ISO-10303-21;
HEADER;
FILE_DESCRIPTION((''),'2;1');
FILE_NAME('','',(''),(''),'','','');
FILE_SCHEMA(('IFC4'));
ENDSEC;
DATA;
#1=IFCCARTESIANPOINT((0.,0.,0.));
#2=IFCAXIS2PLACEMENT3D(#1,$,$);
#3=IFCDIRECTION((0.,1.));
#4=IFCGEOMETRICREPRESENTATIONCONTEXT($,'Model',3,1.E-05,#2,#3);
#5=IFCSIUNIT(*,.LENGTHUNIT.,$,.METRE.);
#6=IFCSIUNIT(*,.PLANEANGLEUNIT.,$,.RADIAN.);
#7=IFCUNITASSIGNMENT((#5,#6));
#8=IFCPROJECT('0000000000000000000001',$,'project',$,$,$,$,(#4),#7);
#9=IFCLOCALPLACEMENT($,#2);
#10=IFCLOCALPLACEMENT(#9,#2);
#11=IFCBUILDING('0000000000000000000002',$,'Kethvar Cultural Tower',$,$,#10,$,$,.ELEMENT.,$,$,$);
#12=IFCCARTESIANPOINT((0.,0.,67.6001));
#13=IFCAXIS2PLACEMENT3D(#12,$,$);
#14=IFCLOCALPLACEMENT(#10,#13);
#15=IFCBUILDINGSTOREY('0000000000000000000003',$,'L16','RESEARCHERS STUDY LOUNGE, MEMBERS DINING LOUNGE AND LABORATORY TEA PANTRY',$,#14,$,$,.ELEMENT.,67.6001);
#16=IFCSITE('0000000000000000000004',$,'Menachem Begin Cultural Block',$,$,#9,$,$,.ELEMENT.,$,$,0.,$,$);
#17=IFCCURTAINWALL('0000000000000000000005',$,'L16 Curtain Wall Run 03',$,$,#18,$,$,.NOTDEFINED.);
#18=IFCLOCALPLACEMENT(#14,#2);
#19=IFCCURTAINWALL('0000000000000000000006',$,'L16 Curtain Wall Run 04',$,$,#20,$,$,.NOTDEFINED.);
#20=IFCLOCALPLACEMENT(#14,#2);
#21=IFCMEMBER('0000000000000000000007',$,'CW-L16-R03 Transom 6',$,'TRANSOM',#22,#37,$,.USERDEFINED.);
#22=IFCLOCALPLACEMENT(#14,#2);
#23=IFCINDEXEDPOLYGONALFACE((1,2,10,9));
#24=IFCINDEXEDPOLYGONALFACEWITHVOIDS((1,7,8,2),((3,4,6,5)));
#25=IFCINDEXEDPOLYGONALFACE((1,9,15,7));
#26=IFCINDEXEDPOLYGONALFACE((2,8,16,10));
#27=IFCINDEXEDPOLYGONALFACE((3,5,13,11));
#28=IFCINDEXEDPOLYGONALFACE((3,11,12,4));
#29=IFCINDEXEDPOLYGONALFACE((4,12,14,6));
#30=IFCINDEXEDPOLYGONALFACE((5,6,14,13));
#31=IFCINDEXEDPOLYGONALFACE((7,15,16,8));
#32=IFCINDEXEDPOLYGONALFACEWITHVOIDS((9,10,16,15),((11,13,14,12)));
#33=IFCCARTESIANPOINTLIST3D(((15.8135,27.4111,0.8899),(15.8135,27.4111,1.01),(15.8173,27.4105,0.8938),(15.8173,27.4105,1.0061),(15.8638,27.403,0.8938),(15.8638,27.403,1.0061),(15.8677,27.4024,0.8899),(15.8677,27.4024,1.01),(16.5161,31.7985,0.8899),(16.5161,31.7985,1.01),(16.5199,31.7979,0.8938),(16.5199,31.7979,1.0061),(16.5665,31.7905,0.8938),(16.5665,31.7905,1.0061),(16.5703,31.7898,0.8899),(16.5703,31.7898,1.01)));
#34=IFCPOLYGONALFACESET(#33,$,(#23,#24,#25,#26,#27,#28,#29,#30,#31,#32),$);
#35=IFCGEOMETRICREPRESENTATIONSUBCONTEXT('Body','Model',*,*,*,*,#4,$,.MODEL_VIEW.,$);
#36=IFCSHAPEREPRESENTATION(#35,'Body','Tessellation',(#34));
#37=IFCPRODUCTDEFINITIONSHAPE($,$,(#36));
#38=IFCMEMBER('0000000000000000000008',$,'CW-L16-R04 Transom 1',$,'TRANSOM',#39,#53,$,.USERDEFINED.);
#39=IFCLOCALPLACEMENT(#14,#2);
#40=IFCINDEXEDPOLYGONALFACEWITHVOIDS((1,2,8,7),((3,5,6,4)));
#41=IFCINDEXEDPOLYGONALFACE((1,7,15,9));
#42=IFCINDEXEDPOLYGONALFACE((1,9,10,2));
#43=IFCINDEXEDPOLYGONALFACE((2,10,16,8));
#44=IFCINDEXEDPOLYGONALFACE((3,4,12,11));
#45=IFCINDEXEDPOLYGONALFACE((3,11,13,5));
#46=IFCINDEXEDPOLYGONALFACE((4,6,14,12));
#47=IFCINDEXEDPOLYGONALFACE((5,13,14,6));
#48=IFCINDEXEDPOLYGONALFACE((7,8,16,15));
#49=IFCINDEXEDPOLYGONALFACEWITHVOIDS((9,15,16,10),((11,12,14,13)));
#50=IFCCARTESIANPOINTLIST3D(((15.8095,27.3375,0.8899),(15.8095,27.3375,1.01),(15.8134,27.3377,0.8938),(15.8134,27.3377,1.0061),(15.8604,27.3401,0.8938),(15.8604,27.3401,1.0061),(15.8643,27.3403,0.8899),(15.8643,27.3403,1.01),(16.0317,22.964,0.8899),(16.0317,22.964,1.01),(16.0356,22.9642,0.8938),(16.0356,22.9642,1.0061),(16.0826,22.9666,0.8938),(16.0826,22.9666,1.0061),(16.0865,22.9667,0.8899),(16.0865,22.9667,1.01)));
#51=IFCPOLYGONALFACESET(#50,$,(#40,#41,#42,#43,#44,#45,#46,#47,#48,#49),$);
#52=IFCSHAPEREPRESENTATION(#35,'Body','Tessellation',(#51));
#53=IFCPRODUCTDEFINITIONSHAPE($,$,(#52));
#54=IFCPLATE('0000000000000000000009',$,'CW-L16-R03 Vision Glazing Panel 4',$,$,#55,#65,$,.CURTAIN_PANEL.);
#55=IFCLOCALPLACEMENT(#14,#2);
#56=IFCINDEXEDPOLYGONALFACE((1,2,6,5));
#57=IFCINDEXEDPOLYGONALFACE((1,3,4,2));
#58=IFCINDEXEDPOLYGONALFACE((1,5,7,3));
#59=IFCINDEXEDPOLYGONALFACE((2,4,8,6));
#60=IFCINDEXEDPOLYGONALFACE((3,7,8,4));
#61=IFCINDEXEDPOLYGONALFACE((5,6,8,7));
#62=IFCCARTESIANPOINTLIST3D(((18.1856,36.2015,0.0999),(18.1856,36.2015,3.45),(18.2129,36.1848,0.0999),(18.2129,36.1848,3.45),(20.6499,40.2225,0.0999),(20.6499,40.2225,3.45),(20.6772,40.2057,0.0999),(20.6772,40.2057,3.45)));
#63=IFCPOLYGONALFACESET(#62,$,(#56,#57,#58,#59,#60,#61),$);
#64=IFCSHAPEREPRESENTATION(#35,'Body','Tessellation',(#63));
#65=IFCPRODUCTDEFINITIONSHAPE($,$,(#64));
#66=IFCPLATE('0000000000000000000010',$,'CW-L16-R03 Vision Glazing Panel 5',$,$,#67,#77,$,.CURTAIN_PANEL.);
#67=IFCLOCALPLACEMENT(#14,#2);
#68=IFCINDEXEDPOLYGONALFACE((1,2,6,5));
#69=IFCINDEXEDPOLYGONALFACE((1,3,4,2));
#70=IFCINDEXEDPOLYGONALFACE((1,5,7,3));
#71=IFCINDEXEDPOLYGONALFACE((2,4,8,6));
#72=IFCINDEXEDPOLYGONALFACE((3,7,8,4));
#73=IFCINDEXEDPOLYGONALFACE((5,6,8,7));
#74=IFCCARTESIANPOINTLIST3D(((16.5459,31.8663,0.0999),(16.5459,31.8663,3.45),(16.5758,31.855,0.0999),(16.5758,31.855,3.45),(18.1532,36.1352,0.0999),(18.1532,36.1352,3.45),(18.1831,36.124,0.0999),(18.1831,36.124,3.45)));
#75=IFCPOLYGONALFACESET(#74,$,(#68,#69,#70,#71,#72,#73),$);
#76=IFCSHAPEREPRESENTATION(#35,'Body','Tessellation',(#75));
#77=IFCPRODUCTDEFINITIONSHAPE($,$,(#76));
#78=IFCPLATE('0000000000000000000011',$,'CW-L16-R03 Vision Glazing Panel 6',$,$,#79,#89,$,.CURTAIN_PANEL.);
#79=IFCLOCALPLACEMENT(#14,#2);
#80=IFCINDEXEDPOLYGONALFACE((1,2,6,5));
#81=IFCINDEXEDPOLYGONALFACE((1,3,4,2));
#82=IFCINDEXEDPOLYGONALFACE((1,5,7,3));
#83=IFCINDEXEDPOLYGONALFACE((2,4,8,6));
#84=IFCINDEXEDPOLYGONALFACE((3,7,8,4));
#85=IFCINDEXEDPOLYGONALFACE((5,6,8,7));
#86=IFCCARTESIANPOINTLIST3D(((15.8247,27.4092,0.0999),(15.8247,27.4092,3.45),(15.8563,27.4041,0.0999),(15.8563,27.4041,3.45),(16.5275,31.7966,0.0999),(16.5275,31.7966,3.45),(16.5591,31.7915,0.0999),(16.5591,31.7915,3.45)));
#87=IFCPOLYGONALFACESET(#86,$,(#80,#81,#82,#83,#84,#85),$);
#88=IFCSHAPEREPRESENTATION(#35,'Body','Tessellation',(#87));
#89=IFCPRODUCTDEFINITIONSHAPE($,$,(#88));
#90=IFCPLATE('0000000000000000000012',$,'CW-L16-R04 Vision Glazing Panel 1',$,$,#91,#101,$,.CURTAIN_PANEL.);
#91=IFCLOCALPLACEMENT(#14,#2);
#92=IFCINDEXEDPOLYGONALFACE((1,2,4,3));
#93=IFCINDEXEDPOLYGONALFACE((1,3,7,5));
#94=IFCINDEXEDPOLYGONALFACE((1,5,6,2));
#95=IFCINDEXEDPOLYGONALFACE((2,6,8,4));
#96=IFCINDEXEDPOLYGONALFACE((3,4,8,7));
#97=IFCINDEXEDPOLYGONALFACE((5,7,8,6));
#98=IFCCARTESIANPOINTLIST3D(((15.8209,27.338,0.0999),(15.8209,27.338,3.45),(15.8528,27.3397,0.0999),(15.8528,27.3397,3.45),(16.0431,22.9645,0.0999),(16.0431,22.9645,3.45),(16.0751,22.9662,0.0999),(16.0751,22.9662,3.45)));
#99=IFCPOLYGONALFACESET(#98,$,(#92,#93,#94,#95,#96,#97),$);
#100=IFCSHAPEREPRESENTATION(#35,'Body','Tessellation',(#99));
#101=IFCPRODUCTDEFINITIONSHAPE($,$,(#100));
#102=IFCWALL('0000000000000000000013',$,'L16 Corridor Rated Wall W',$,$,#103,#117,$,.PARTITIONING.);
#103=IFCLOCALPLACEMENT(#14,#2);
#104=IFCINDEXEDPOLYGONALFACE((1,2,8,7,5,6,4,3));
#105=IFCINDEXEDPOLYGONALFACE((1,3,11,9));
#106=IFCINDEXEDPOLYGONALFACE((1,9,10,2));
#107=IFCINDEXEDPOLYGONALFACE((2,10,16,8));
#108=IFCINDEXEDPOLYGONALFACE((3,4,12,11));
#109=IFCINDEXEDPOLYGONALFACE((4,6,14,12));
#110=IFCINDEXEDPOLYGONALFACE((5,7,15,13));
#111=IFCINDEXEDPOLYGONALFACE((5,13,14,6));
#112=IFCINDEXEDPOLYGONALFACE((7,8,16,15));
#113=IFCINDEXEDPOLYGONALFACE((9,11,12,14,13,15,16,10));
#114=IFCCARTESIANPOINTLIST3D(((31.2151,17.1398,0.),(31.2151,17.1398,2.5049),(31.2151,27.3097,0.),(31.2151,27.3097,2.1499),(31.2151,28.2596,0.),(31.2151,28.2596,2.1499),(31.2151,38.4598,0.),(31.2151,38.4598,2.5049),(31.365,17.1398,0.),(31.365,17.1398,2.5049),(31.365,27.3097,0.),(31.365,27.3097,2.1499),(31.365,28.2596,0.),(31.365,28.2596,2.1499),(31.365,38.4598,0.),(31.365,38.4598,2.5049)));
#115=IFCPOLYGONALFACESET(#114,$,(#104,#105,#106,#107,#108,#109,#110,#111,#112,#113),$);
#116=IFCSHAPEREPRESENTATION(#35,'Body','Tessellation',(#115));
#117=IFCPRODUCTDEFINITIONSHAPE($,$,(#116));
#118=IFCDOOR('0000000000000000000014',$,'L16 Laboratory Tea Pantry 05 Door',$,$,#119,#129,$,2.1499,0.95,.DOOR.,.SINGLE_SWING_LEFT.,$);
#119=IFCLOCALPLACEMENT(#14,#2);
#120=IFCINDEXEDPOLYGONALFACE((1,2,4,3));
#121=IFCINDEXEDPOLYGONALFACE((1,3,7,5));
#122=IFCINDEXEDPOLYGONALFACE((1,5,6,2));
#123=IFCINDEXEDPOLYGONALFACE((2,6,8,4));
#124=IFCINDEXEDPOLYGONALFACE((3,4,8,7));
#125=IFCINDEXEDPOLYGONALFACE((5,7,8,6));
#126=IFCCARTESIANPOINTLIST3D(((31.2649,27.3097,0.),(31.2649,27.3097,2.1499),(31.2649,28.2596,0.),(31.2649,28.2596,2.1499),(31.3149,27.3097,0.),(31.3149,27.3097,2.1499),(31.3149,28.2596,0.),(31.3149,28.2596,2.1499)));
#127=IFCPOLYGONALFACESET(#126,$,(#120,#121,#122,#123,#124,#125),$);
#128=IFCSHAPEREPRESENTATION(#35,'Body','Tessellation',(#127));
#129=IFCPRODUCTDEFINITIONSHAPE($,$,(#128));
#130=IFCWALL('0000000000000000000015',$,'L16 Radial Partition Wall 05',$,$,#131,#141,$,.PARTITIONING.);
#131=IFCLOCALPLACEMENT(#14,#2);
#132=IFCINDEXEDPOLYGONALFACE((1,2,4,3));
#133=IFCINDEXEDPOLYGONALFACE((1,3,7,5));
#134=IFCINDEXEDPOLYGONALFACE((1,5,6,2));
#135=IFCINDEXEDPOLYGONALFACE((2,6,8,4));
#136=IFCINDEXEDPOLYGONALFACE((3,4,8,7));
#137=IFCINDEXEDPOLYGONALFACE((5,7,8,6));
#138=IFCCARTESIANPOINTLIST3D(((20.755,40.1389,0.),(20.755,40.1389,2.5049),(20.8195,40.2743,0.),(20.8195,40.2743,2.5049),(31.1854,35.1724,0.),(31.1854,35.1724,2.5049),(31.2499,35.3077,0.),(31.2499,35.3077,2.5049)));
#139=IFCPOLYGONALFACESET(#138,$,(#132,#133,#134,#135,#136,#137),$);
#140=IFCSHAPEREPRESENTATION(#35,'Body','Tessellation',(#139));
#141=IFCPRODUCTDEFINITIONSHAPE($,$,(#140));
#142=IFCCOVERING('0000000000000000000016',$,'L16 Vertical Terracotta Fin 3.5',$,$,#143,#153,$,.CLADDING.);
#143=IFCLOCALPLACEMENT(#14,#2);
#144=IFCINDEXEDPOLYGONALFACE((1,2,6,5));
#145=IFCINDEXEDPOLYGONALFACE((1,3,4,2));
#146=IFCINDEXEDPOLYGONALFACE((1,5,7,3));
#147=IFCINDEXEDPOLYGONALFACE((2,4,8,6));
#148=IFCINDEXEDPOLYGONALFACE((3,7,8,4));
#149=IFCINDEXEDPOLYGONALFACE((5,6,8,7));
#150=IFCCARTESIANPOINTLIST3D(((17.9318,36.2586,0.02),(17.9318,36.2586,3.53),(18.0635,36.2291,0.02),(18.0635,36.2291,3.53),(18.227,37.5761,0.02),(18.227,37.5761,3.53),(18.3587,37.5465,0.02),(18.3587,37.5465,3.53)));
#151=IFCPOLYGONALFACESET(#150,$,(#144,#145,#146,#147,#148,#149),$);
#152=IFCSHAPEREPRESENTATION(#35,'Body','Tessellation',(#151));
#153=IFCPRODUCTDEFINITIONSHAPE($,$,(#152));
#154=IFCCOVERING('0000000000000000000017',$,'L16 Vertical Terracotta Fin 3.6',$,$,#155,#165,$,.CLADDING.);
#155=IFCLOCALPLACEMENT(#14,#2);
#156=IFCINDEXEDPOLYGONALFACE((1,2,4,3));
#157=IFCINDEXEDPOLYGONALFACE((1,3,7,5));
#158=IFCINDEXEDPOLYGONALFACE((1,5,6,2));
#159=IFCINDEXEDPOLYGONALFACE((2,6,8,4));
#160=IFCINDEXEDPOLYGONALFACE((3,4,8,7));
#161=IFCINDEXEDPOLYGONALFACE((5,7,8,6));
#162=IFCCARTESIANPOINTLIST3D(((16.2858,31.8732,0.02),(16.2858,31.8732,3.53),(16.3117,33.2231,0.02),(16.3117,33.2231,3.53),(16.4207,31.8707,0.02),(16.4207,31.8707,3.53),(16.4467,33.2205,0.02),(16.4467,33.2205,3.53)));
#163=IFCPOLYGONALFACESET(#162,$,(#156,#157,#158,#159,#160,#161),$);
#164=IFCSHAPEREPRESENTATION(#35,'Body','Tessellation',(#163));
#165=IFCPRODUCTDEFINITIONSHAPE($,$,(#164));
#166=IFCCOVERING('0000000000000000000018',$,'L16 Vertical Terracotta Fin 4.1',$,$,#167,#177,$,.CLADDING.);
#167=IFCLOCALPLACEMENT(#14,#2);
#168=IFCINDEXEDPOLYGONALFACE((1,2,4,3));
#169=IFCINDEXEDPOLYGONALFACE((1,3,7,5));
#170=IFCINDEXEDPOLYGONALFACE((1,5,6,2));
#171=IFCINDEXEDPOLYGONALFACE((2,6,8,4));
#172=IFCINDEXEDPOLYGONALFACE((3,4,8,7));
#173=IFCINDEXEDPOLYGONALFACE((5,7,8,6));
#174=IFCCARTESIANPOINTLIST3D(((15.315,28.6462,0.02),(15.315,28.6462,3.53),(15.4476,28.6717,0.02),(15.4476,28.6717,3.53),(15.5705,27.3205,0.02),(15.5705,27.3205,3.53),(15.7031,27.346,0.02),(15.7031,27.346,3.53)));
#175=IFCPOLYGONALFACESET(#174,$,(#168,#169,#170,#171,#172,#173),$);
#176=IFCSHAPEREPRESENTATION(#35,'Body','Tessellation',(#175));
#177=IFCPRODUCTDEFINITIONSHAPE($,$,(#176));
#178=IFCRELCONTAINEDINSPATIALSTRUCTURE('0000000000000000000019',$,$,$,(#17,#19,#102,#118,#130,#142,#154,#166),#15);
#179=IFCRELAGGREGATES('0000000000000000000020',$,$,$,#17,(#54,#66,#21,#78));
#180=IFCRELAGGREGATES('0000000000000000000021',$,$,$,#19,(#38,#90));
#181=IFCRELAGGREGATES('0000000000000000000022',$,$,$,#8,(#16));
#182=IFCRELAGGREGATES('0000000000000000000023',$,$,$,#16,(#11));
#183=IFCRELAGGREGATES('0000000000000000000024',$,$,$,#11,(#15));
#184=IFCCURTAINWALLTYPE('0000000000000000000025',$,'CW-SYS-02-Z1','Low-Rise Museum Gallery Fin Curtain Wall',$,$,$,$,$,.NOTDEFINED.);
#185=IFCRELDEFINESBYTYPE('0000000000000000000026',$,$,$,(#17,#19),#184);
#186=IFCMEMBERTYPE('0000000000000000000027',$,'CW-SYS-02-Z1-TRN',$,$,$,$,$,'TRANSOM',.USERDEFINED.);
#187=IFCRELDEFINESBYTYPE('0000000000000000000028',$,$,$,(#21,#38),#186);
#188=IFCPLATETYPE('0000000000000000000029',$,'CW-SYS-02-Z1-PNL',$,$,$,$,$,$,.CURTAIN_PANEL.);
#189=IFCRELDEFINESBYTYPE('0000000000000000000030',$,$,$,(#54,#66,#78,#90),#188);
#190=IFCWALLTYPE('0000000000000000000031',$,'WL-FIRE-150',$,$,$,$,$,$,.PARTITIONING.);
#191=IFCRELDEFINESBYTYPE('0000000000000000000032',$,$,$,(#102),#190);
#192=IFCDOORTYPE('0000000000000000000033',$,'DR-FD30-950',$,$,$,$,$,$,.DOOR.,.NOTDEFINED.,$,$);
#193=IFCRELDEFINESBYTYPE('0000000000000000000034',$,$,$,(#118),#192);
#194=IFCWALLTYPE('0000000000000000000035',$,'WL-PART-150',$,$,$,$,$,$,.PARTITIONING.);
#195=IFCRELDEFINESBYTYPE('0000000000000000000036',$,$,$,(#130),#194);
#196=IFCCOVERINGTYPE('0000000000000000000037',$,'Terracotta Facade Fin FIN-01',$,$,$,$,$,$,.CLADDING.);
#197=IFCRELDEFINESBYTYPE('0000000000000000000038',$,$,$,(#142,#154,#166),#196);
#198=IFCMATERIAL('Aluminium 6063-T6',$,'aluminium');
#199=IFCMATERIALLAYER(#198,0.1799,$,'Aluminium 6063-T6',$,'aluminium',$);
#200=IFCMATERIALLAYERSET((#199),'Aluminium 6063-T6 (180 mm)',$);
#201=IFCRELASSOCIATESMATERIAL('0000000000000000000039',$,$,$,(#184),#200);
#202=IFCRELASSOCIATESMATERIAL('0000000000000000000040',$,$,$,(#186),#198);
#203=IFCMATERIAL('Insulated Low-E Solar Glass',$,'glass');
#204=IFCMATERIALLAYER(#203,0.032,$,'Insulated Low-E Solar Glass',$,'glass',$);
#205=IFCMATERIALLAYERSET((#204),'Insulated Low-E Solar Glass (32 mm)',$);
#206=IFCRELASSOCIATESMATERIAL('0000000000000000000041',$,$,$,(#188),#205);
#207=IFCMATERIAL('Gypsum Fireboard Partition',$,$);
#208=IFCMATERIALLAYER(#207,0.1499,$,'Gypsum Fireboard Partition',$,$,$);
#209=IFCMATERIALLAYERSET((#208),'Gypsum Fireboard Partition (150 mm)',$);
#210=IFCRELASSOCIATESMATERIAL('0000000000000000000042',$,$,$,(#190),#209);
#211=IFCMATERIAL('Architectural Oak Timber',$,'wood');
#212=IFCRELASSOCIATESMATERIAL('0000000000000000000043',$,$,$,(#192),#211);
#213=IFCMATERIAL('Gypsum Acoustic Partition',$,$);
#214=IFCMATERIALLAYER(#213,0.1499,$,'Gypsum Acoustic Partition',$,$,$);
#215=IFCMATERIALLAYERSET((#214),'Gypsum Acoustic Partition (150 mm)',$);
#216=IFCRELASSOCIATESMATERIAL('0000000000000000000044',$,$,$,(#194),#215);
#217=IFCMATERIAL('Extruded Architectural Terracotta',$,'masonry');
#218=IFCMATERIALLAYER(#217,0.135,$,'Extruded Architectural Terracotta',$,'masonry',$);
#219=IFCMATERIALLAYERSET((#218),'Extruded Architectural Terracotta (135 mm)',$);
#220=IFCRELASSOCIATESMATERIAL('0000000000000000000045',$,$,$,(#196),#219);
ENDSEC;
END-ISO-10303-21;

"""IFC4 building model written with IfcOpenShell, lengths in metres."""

from ifc_helpers import new_model, si_unit, direction, frame, frame_2d, origin, origin_2d, place, context, subcontext, project, spatial, rectangle, hollow_rectangle, extrude, source, transform, mapped, material, layer, layer_set, material_profile, profile_set, type_object, element, fill, aggregate, save


model = new_model("IFC4")

# Units and contexts
model_context = context("Model", 3, precision=1e-05, world=origin(), true_north=direction((0.0, 1.0)))
body_context = subcontext(model_context, "Body", "Model", "MODEL_VIEW")
ifc_project = project(units=[si_unit("LENGTHUNIT", "METRE"), si_unit("PLANEANGLEUNIT", "RADIAN")], contexts=[model_context])

# Site, building, storey
site_placement = place(None, origin())
site = spatial("IfcSite", under=ifc_project, at=site_placement, Name="Menachem Begin Cultural Block", CompositionType="ELEMENT", RefElevation=0.0)
building_placement = place(site_placement, origin())
building = spatial("IfcBuilding", under=site, at=building_placement, Name="Kethvar Cultural Tower", CompositionType="ELEMENT")
storey_placement = place(building_placement, frame((0.0, 0.0, 67.6001)))
storey = spatial("IfcBuildingStorey", under=building, at=storey_placement, Name="L16", Description="RESEARCHERS STUDY LOUNGE, MEMBERS DINING LOUNGE AND LABORATORY TEA PANTRY", CompositionType="ELEMENT", Elevation=67.6001)

# Curtain wall
ifc_material_1 = material(Name="Aluminium 6063-T6", Category="aluminium")
ifc_layer_1 = layer(ifc_material_1, 0.1799, Name="Aluminium 6063-T6", Category="aluminium")
ifc_layer_set_1 = layer_set([ifc_layer_1], Name="Aluminium 6063-T6 (180 mm)")
curtain_wall_type = type_object("IfcCurtainWallType", Name="CW-SYS-02-Z1", Description="Low-Rise Museum Gallery Fin Curtain Wall", PredefinedType="NOTDEFINED", material=ifc_layer_set_1)
curtain_wall_1_placement = place(storey_placement, origin())
curtain_wall_1 = element("IfcCurtainWall", 1, at=curtain_wall_1_placement, inside=storey, type_object=curtain_wall_type, Name="L16 Curtain Wall Run 03", PredefinedType="NOTDEFINED")

# Curtain wall
curtain_wall_2_placement = place(storey_placement, origin())
curtain_wall_2 = element("IfcCurtainWall", 2, at=curtain_wall_2_placement, inside=storey, type_object=curtain_wall_type, Name="L16 Curtain Wall Run 04", PredefinedType="NOTDEFINED")

# Members
ifc_material_profile_1 = material_profile(ifc_material_1, hollow_rectangle(XDim=0.0549, YDim=0.1201, WallThickness=0.0039, at=origin_2d()), Name="Aluminium 6063-T6 — RHS120x55x4")
ifc_profile_set_1 = profile_set([ifc_material_profile_1], Name="Aluminium 6063-T6 — RHS120x55x4")
member_type_1 = type_object("IfcMemberType", Name="CW-SYS-02-Z1-TRN", ElementType="TRANSOM", PredefinedType="USERDEFINED", material=ifc_profile_set_1)
shared_shape_1 = source(origin(), body_context, "Body", "SweptSolid", [
    extrude(hollow_rectangle(XDim=0.0549, YDim=0.1201, WallThickness=0.0039, at=origin_2d()), origin(), (0.0, 0.0, 1.0), 4.4434),
])
member_1_placement = place(storey_placement, frame((16.5432, 31.7942, 0.95), z_axis=(-0.158132, -0.987418, 0.0), x_axis=(0.987418, -0.158132, 0.0)))
member_1 = element("IfcMember", 3, at=member_1_placement, type_object=member_type_1, Name="CW-L16-R03 Transom 6", ObjectType="TRANSOM", PredefinedType="USERDEFINED", context=body_context, shape_type="MappedRepresentation", body=[
    mapped(shared_shape_1, transform((0.0, 0.0, 0.0), scale=1.0)),
])
shared_shape_2 = source(origin(), body_context, "Body", "SweptSolid", [
    extrude(hollow_rectangle(XDim=0.0549, YDim=0.1201, WallThickness=0.0039, at=origin_2d()), origin(), (0.0, 0.0, 1.0), 4.3792),
])
member_2_placement = place(storey_placement, frame((15.8369, 27.3389, 0.95), z_axis=(0.050733, -0.998712, 0.0), x_axis=(0.998712, 0.050733, 0.0)))
member_2 = element("IfcMember", 4, at=member_2_placement, type_object=member_type_1, Name="CW-L16-R04 Transom 1", ObjectType="TRANSOM", PredefinedType="USERDEFINED", context=body_context, shape_type="MappedRepresentation", body=[
    mapped(shared_shape_2, transform((0.0, 0.0, 0.0), scale=1.0)),
])

# Plates
ifc_material_2 = material(Name="Insulated Low-E Solar Glass", Category="glass")
ifc_layer_2 = layer(ifc_material_2, 0.032, Name="Insulated Low-E Solar Glass", Category="glass")
ifc_layer_set_2 = layer_set([ifc_layer_2], Name="Insulated Low-E Solar Glass (32 mm)")
plate_type = type_object("IfcPlateType", Name="CW-SYS-02-Z1-PNL", PredefinedType="CURTAIN_PANEL", material=ifc_layer_set_2)
shared_shape_3 = source(origin(), body_context, "Body", "SweptSolid", [
    extrude(rectangle(XDim=4.7161, YDim=0.032, at=origin_2d()), origin(), (0.0, 0.0, 1.0), 3.3501),
])
plate_1_placement = place(storey_placement, frame((19.4314, 38.2036, 0.0999), z_axis=(0.0, 0.0, 1.0), x_axis=(-0.522543, -0.852613, 0.0)))
plate_1 = element("IfcPlate", 5, at=plate_1_placement, type_object=plate_type, Name="CW-L16-R03 Vision Glazing Panel 4", PredefinedType="CURTAIN_PANEL", context=body_context, shape_type="MappedRepresentation", body=[
    mapped(shared_shape_3, transform((0.0, 0.0, 0.0), scale=1.0)),
])
shared_shape_4 = source(origin(), body_context, "Body", "SweptSolid", [
    extrude(rectangle(XDim=4.5615, YDim=0.032, at=origin_2d()), origin(), (0.0, 0.0, 1.0), 3.3501),
])
plate_2_placement = place(storey_placement, frame((17.3645, 33.9951, 0.0999), z_axis=(0.0, 0.0, 1.0), x_axis=(-0.352364, -0.935863, 0.0)))
plate_2 = element("IfcPlate", 6, at=plate_2_placement, type_object=plate_type, Name="CW-L16-R03 Vision Glazing Panel 5", PredefinedType="CURTAIN_PANEL", context=body_context, shape_type="MappedRepresentation", body=[
    mapped(shared_shape_4, transform((0.0, 0.0, 0.0), scale=1.0)),
])
shared_shape_5 = source(origin(), body_context, "Body", "SweptSolid", [
    extrude(rectangle(XDim=4.4434, YDim=0.032, at=origin_2d()), origin(), (0.0, 0.0, 1.0), 3.3501),
])
plate_3_placement = place(storey_placement, frame((16.1919, 29.6003, 0.0999), z_axis=(0.0, 0.0, 1.0), x_axis=(-0.158175, -0.987411, 0.0)))
plate_3 = element("IfcPlate", 7, at=plate_3_placement, type_object=plate_type, Name="CW-L16-R03 Vision Glazing Panel 6", PredefinedType="CURTAIN_PANEL", context=body_context, shape_type="MappedRepresentation", body=[
    mapped(shared_shape_5, transform((0.0, 0.0, 0.0), scale=1.0)),
])
aggregate(curtain_wall_1, [plate_1, plate_2, member_1, plate_3])
shared_shape_6 = source(origin(), body_context, "Body", "SweptSolid", [
    extrude(rectangle(XDim=4.3792, YDim=0.032, at=origin_2d()), origin(), (0.0, 0.0, 1.0), 3.3501),
])
plate_4_placement = place(storey_placement, frame((15.948, 25.1521, 0.0999), z_axis=(0.0, 0.0, 1.0), x_axis=(0.05075, -0.998711, 0.0)))
plate_4 = element("IfcPlate", 8, at=plate_4_placement, type_object=plate_type, Name="CW-L16-R04 Vision Glazing Panel 1", PredefinedType="CURTAIN_PANEL", context=body_context, shape_type="MappedRepresentation", body=[
    mapped(shared_shape_6, transform((0.0, 0.0, 0.0), scale=1.0)),
])
aggregate(curtain_wall_2, [member_2, plate_4])

# Wall, opening, door
ifc_material_3 = material(Name="Gypsum Fireboard Partition")
ifc_layer_3 = layer(ifc_material_3, 0.1499, Name="Gypsum Fireboard Partition")
ifc_layer_set_3 = layer_set([ifc_layer_3], Name="Gypsum Fireboard Partition (150 mm)")
wall_type_1 = type_object("IfcWallType", Name="WL-FIRE-150", PredefinedType="PARTITIONING", material=ifc_layer_set_3)
wall_1_placement = place(storey_placement, frame((31.29, 38.46, 0.0), z_axis=(0.0, 0.0, 1.0), x_axis=(0.0, -1.0, 0.0)))
wall_1 = element("IfcWall", 9, at=wall_1_placement, inside=storey, type_object=wall_type_1, Name="L16 Corridor Rated Wall W", PredefinedType="PARTITIONING", context=body_context, shape_type="SweptSolid", body=[
    extrude(rectangle(XDim=21.3201, YDim=0.1499, at=frame_2d((10.6602, 0.0))), origin(), (0.0, 0.0, 1.0), 2.5049),
])
opening_placement = place(wall_1_placement, frame((10.2002, 0.0, 0.0)))
opening = element("IfcOpeningElement", 10, at=opening_placement, cuts=wall_1, PredefinedType="OPENING", context=body_context, shape_type="SweptSolid", body=[
    extrude(rectangle(XDim=0.95, YDim=2.1499, at=frame_2d((0.4751, 1.075))), frame((0.0, 0.085, 0.0), z_axis=(0.0, -1.0, 0.0), x_axis=(1.0, 0.0, 0.0)), (0.0, 0.0, 1.0), 0.1699),
])
ifc_material_4 = material(Name="Architectural Oak Timber", Category="wood")
door_type = type_object("IfcDoorType", Name="DR-FD30-950", OperationType="NOTDEFINED", PredefinedType="DOOR", material=ifc_material_4)
shared_shape_7 = source(origin(), body_context, "Body", "SweptSolid", [
    extrude(rectangle(XDim=0.95, YDim=2.1499, at=frame_2d((0.4751, 1.075))), frame((0.0, 0.0249, 0.0), z_axis=(0.0, -1.0, 0.0), x_axis=(1.0, 0.0, 0.0)), (0.0, 0.0, 1.0), 0.05),
])
door_placement = place(opening_placement, origin())
door = element("IfcDoor", 11, at=door_placement, inside=storey, type_object=door_type, Name="L16 Laboratory Tea Pantry 05 Door", OperationType="SINGLE_SWING_LEFT", OverallHeight=2.1499, OverallWidth=0.95, PredefinedType="DOOR", context=body_context, shape_type="MappedRepresentation", body=[
    mapped(shared_shape_7, transform((0.0, 0.0, 0.0), scale=1.0)),
])
fill(opening, door)

# Wall
ifc_material_5 = material(Name="Gypsum Acoustic Partition")
ifc_layer_4 = layer(ifc_material_5, 0.1499, Name="Gypsum Acoustic Partition")
ifc_layer_set_4 = layer_set([ifc_layer_4], Name="Gypsum Acoustic Partition (150 mm)")
wall_type_2 = type_object("IfcWallType", Name="WL-PART-150", PredefinedType="PARTITIONING", material=ifc_layer_set_4)
wall_2_placement = place(storey_placement, frame((31.2178, 35.24, 0.0), z_axis=(0.0, 0.0, 1.0), x_axis=(-0.902871, 0.429911, 0.0)))
element("IfcWall", 12, at=wall_2_placement, inside=storey, type_object=wall_type_2, Name="L16 Radial Partition Wall 05", PredefinedType="PARTITIONING", context=body_context, shape_type="SweptSolid", body=[
    extrude(rectangle(XDim=11.5525, YDim=0.1499, at=frame_2d((5.7764, 0.0))), origin(), (0.0, 0.0, 1.0), 2.5049),
])

# Coverings
ifc_material_6 = material(Name="Extruded Architectural Terracotta", Category="masonry")
ifc_layer_5 = layer(ifc_material_6, 0.135, Name="Extruded Architectural Terracotta", Category="masonry")
ifc_layer_set_5 = layer_set([ifc_layer_5], Name="Extruded Architectural Terracotta (135 mm)")
covering_type = type_object("IfcCoveringType", Name="Terracotta Facade Fin FIN-01", PredefinedType="CLADDING", material=ifc_layer_set_5)
shared_shape_8 = source(origin(), body_context, "Body", "SweptSolid", [
    extrude(rectangle(XDim=1.3501, YDim=0.135, at=origin_2d()), origin(), (0.0, 0.0, 1.0), 3.51),
])
for number, where, z_axis, x_axis, name in (
    (13, (18.1453, 36.9026, 0.02), (0.0, 0.0, 1.0), (0.218654, 0.975802, 0.0), "L16 Vertical Terracotta Fin 3.5"),
    (14, (16.3662, 32.5469, 0.02), (0.0, 0.0, 1.0), (0.019197, 0.999816, 0.0), "L16 Vertical Terracotta Fin 3.6"),
    (15, (15.509, 27.9961, 0.02), (0.0, 0.0, 1.0), (-0.189267, 0.981926, 0.0), "L16 Vertical Terracotta Fin 4.1"),
):
    element("IfcCovering", number, at=place(storey_placement, frame(where, z_axis=z_axis, x_axis=x_axis)), inside=storey, type_object=covering_type, Name=name, PredefinedType="CLADDING", context=body_context, shape_type="MappedRepresentation", body=[
        mapped(shared_shape_8, transform((0.0, 0.0, 0.0), scale=1.0)),
    ])

save(model, "model.ifc")
